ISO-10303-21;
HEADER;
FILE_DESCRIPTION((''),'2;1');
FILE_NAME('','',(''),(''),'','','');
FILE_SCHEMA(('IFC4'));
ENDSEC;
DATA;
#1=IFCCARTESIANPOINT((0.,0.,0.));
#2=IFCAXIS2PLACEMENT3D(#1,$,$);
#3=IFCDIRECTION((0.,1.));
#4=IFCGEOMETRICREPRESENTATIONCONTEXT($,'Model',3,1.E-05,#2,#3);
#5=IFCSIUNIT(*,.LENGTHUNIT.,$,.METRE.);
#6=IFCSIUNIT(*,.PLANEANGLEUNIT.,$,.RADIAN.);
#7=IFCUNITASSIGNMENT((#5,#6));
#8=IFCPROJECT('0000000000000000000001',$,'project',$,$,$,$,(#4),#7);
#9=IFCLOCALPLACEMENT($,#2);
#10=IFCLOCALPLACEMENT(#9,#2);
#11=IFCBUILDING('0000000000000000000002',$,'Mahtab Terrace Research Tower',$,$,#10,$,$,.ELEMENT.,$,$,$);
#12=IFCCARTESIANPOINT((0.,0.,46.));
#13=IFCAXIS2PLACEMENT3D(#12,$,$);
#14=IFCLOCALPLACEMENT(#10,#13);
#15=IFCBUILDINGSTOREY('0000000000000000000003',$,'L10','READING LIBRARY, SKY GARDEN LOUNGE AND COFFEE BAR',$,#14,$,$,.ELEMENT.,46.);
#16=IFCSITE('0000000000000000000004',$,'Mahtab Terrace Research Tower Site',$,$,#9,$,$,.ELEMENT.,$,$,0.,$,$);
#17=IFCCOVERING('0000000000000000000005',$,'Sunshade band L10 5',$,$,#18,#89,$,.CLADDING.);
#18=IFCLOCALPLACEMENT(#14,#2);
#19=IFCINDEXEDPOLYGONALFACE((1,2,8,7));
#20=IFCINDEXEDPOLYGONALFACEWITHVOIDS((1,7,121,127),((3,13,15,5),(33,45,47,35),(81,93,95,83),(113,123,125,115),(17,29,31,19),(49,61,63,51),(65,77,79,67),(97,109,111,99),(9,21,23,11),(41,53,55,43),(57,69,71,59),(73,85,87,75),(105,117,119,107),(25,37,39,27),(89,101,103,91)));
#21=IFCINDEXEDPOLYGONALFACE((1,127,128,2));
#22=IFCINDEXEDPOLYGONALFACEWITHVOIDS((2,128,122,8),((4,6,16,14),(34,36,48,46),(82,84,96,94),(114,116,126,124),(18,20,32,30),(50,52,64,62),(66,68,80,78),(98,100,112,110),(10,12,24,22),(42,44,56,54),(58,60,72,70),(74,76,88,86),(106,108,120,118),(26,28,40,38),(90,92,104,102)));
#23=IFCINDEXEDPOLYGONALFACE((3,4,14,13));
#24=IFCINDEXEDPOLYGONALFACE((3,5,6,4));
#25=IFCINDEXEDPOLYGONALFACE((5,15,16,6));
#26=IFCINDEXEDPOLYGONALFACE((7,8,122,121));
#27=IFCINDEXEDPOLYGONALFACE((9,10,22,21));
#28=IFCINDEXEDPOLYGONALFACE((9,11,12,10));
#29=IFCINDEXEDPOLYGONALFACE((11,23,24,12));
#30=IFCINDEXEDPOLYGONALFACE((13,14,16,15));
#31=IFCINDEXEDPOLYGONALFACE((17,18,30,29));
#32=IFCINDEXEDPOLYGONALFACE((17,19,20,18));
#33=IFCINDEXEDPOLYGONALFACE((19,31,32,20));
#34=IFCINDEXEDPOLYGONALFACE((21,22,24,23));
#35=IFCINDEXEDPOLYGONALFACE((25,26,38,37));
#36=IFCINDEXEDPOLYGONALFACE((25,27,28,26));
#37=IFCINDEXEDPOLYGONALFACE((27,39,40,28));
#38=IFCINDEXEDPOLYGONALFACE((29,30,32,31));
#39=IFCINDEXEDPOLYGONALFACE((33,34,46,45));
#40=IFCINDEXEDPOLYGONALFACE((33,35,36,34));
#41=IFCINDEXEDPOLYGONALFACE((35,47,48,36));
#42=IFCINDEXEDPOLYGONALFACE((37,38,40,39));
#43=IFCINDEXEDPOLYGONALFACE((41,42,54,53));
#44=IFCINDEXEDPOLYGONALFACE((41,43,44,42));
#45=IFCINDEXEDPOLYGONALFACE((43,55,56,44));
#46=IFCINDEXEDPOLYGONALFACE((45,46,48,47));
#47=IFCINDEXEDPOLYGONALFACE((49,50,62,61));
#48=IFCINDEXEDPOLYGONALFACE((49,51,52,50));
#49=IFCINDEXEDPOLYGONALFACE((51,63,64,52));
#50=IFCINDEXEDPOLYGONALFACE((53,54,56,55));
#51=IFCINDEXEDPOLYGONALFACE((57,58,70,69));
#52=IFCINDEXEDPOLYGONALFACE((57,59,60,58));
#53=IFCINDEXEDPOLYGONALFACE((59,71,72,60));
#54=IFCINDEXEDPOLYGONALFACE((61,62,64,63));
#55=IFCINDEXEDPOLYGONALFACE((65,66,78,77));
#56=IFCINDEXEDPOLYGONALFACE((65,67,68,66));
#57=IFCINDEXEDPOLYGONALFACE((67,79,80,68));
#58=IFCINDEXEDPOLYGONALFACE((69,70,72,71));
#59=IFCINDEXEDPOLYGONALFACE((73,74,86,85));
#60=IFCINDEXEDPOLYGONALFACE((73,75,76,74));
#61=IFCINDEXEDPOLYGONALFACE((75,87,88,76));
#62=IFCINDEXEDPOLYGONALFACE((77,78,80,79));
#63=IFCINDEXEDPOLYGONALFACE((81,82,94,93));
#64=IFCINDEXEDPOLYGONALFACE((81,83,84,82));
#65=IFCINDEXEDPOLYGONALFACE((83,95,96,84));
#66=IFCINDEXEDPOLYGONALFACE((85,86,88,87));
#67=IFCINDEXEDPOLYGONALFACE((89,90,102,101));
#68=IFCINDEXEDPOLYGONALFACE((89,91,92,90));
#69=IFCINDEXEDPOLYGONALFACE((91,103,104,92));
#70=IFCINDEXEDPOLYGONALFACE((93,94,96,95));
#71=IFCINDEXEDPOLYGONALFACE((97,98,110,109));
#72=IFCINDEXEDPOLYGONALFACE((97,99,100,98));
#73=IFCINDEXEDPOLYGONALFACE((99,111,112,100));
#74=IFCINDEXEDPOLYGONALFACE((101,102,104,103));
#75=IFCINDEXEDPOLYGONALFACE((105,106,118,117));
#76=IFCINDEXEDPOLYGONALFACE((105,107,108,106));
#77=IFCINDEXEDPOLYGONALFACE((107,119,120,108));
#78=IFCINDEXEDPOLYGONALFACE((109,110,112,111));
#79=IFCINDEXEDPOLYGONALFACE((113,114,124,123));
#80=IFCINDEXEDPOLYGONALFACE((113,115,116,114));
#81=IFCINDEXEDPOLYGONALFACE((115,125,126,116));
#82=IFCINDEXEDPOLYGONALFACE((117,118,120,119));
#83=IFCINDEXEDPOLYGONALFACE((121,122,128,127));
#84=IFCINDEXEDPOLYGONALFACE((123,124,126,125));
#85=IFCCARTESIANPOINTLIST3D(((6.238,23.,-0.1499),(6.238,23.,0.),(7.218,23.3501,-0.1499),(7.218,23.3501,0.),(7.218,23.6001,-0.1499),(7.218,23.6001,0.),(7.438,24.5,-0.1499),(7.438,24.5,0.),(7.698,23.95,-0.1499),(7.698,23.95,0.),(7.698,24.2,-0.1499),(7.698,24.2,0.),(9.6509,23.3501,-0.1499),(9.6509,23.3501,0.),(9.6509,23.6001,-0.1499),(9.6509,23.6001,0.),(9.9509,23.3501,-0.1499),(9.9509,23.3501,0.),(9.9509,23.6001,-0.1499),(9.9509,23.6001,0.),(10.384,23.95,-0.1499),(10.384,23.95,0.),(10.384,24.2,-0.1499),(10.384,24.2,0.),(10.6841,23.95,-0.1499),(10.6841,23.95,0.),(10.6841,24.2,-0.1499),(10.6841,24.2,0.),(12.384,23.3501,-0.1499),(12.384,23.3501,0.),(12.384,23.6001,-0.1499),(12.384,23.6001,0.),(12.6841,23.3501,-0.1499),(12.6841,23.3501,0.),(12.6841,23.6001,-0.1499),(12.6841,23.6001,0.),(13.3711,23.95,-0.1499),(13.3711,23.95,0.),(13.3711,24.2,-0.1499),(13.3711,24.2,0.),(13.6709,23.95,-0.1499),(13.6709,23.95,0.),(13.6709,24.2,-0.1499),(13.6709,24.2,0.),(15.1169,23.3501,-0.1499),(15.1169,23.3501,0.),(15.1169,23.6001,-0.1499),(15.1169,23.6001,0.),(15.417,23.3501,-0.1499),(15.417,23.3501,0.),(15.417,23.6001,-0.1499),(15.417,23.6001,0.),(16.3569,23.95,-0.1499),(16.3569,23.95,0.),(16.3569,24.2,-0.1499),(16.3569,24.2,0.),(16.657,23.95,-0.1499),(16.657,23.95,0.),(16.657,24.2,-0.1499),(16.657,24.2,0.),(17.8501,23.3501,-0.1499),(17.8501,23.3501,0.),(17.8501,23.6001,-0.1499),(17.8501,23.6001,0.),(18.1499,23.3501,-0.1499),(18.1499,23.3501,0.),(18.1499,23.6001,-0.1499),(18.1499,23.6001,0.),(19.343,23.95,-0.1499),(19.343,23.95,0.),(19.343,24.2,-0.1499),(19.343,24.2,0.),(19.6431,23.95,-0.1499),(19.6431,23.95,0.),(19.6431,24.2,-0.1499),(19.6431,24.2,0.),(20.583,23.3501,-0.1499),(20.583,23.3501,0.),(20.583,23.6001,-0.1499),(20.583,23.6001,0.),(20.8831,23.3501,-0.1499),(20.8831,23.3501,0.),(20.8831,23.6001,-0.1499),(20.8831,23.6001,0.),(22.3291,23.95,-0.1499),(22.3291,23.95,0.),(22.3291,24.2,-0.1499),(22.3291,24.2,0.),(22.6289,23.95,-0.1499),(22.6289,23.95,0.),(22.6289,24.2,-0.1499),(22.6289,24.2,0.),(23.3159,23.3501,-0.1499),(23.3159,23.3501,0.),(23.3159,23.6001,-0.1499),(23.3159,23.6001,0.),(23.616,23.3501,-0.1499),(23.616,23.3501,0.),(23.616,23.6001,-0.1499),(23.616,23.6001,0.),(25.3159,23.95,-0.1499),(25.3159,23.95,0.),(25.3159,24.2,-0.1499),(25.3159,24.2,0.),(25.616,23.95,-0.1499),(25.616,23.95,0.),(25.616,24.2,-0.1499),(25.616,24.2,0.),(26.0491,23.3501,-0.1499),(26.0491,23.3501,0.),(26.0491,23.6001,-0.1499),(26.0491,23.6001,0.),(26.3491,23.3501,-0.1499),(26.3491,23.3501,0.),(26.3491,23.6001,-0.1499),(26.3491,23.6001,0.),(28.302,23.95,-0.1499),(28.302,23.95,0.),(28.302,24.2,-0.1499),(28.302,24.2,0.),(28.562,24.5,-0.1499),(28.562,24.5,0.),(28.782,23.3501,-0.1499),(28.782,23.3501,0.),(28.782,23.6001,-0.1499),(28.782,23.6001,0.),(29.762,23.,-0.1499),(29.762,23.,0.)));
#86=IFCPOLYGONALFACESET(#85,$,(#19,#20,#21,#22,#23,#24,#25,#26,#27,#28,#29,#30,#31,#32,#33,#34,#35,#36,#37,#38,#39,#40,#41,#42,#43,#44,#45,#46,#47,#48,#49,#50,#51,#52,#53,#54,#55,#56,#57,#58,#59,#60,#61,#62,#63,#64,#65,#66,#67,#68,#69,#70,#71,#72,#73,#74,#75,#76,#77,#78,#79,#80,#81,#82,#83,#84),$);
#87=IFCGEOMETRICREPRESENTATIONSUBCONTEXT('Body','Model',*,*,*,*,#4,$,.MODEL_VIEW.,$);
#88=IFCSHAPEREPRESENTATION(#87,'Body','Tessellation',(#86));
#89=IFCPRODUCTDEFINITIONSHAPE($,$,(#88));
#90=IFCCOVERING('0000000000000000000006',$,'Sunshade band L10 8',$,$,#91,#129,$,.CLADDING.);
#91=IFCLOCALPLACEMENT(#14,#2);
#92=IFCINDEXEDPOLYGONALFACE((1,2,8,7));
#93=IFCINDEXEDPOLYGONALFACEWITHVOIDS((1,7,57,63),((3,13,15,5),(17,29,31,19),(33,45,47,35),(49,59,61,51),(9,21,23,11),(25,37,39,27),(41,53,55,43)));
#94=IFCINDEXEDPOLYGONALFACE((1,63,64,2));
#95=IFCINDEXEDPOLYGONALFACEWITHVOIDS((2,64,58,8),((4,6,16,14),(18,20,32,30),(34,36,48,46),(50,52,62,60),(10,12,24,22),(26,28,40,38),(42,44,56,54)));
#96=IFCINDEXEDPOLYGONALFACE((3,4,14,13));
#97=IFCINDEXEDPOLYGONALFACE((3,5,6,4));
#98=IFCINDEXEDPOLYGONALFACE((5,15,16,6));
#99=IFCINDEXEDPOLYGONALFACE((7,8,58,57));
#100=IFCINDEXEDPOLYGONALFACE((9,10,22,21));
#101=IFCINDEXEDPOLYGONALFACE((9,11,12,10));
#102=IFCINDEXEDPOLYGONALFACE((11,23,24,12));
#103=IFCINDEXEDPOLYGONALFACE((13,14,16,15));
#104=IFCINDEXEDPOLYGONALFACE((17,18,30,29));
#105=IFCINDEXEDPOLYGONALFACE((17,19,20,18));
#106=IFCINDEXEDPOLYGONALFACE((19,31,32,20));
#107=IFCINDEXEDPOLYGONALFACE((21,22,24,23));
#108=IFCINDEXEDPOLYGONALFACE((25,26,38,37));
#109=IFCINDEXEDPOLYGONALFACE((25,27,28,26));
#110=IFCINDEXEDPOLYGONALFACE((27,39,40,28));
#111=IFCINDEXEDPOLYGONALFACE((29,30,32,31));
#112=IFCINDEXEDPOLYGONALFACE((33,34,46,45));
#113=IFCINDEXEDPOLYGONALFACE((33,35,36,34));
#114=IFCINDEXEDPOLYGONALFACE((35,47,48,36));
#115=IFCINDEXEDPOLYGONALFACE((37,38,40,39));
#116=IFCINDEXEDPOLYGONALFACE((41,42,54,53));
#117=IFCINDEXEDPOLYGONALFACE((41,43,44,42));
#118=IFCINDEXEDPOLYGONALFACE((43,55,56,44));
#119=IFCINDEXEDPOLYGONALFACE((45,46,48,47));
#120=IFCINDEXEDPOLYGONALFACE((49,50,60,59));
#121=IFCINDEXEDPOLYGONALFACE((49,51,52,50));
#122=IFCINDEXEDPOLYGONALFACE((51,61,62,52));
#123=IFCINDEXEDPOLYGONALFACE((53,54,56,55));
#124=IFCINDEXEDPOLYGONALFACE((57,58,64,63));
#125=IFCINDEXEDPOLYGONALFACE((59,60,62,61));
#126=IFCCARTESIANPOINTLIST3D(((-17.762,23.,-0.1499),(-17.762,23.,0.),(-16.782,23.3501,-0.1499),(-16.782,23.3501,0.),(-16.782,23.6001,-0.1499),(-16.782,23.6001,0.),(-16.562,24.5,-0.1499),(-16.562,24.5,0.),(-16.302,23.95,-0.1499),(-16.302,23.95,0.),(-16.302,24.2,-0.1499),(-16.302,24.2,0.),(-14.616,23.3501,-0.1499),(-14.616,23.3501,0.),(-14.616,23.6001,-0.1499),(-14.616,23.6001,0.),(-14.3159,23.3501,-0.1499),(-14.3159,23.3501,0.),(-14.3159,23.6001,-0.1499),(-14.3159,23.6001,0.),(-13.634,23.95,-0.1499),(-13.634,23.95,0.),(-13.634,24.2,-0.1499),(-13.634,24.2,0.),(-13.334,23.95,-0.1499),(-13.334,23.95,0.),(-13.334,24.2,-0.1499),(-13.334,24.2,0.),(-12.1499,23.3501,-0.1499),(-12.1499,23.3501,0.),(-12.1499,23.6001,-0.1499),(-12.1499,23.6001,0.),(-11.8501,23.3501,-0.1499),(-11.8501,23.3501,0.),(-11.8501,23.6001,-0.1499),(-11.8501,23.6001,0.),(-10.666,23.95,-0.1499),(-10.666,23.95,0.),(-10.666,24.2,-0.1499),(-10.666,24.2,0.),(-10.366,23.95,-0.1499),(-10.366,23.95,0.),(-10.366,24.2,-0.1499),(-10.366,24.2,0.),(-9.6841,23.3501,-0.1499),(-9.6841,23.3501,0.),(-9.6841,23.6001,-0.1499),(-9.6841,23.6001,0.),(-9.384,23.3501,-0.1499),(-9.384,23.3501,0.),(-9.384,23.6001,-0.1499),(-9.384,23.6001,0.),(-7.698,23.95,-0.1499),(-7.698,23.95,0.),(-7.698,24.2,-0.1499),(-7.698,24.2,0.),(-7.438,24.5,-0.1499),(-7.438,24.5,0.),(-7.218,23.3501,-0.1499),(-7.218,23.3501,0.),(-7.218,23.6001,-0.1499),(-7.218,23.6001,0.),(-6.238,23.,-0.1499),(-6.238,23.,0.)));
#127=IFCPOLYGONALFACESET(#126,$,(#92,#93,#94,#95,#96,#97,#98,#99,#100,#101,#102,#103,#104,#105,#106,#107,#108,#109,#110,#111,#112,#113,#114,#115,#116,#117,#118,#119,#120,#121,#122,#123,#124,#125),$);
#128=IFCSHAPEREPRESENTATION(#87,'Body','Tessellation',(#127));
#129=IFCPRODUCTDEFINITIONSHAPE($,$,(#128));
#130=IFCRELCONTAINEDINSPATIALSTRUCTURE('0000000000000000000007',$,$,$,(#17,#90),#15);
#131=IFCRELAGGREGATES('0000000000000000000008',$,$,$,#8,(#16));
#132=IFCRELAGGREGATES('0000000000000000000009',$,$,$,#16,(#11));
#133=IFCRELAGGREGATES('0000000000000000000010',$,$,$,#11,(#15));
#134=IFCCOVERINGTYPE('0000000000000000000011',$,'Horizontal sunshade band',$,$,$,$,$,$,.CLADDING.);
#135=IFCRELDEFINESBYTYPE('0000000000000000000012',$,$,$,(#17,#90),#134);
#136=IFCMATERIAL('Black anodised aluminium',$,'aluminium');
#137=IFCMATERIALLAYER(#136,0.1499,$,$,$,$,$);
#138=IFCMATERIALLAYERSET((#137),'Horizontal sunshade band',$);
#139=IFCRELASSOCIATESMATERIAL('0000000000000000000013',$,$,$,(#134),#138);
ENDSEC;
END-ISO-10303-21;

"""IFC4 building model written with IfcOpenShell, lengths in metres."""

from ifc_helpers import new_model, si_unit, direction, frame, origin, place, context, subcontext, project, spatial, polyline, outline, extrude, material, layer, layer_set, type_object, element, save


model = new_model("IFC4")

# Units and contexts
model_context = context("Model", 3, precision=1e-05, world=origin(), true_north=direction((0.0, 1.0)))
body_context = subcontext(model_context, "Body", "Model", "MODEL_VIEW")
ifc_project = project(units=[si_unit("LENGTHUNIT", "METRE"), si_unit("PLANEANGLEUNIT", "RADIAN")], contexts=[model_context])

# Site, building, storey
site_placement = place(None, origin())
site = spatial("IfcSite", under=ifc_project, at=site_placement, Name="Mahtab Terrace Research Tower Site", CompositionType="ELEMENT", RefElevation=0.0)
building_placement = place(site_placement, origin())
building = spatial("IfcBuilding", under=site, at=building_placement, Name="Mahtab Terrace Research Tower", CompositionType="ELEMENT")
storey_placement = place(building_placement, frame((0.0, 0.0, 46.0)))
storey = spatial("IfcBuildingStorey", under=building, at=storey_placement, Name="L10", Description="READING LIBRARY, SKY GARDEN LOUNGE AND COFFEE BAR", CompositionType="ELEMENT", Elevation=46.0)

# Coverings
ifc_material_1 = material(Name="Black anodised aluminium", Category="aluminium")
ifc_layer_1 = layer(ifc_material_1, 0.1499)
ifc_layer_set_1 = layer_set([ifc_layer_1], Name="Horizontal sunshade band")
covering_type = type_object("IfcCoveringType", Name="Horizontal sunshade band", PredefinedType="CLADDING", material=ifc_layer_set_1)
covering_1_placement = place(storey_placement, frame((0.0, 0.0, -0.1499)))
element("IfcCovering", 1, at=covering_1_placement, inside=storey, type_object=covering_type, Name="Sunshade band L10 5", PredefinedType="CLADDING", context=body_context, shape_type="SweptSolid", body=[
    extrude(outline(polyline([(29.762, 23.0), (6.238, 23.0), (7.438, 24.5), (28.562, 24.5), (29.762, 23.0)]), holes=[polyline([(28.782, 23.3501), (26.3491, 23.3501), (26.3491, 23.6001), (28.782, 23.6001), (28.782, 23.3501)]), polyline([(26.0491, 23.3501), (23.616, 23.3501), (23.616, 23.6001), (26.0491, 23.6001), (26.0491, 23.3501)]), polyline([(23.3159, 23.3501), (20.8831, 23.3501), (20.8831, 23.6001), (23.3159, 23.6001), (23.3159, 23.3501)]), polyline([(20.583, 23.3501), (18.1499, 23.3501), (18.1499, 23.6001), (20.583, 23.6001), (20.583, 23.3501)]), polyline([(17.8501, 23.3501), (15.417, 23.3501), (15.417, 23.6001), (17.8501, 23.6001), (17.8501, 23.3501)]), polyline([(15.1169, 23.3501), (12.6841, 23.3501), (12.6841, 23.6001), (15.1169, 23.6001), (15.1169, 23.3501)]), polyline([(12.384, 23.3501), (9.9509, 23.3501), (9.9509, 23.6001), (12.384, 23.6001), (12.384, 23.3501)]), polyline([(9.6509, 23.3501), (7.218, 23.3501), (7.218, 23.6001), (9.6509, 23.6001), (9.6509, 23.3501)]), polyline([(28.302, 23.95), (25.616, 23.95), (25.616, 24.2), (28.302, 24.2), (28.302, 23.95)]), polyline([(25.3159, 23.95), (22.6289, 23.95), (22.6289, 24.2), (25.3159, 24.2), (25.3159, 23.95)]), polyline([(22.3291, 23.95), (19.6431, 23.95), (19.6431, 24.2), (22.3291, 24.2), (22.3291, 23.95)]), polyline([(19.343, 23.95), (16.657, 23.95), (16.657, 24.2), (19.343, 24.2), (19.343, 23.95)]), polyline([(16.3569, 23.95), (13.6709, 23.95), (13.6709, 24.2), (16.3569, 24.2), (16.3569, 23.95)]), polyline([(13.3711, 23.95), (10.6841, 23.95), (10.6841, 24.2), (13.3711, 24.2), (13.3711, 23.95)]), polyline([(10.384, 23.95), (7.698, 23.95), (7.698, 24.2), (10.384, 24.2), (10.384, 23.95)])]), origin(), (0.0, 0.0, 1.0), 0.1499),
])
covering_2_placement = place(storey_placement, frame((0.0, 0.0, -0.1499)))
element("IfcCovering", 2, at=covering_2_placement, inside=storey, type_object=covering_type, Name="Sunshade band L10 8", PredefinedType="CLADDING", context=body_context, shape_type="SweptSolid", body=[
    extrude(outline(polyline([(-6.238, 23.0), (-17.762, 23.0), (-16.562, 24.5), (-7.438, 24.5), (-6.238, 23.0)]), holes=[polyline([(-7.218, 23.3501), (-9.384, 23.3501), (-9.384, 23.6001), (-7.218, 23.6001), (-7.218, 23.3501)]), polyline([(-9.6841, 23.3501), (-11.8501, 23.3501), (-11.8501, 23.6001), (-9.6841, 23.6001), (-9.6841, 23.3501)]), polyline([(-12.1499, 23.3501), (-14.3159, 23.3501), (-14.3159, 23.6001), (-12.1499, 23.6001), (-12.1499, 23.3501)]), polyline([(-14.616, 23.3501), (-16.782, 23.3501), (-16.782, 23.6001), (-14.616, 23.6001), (-14.616, 23.3501)]), polyline([(-7.698, 23.95), (-10.366, 23.95), (-10.366, 24.2), (-7.698, 24.2), (-7.698, 23.95)]), polyline([(-10.666, 23.95), (-13.334, 23.95), (-13.334, 24.2), (-10.666, 24.2), (-10.666, 23.95)]), polyline([(-13.634, 23.95), (-16.302, 23.95), (-16.302, 24.2), (-13.634, 24.2), (-13.634, 23.95)])]), origin(), (0.0, 0.0, 1.0), 0.1499),
])

save(model, "model.ifc")
